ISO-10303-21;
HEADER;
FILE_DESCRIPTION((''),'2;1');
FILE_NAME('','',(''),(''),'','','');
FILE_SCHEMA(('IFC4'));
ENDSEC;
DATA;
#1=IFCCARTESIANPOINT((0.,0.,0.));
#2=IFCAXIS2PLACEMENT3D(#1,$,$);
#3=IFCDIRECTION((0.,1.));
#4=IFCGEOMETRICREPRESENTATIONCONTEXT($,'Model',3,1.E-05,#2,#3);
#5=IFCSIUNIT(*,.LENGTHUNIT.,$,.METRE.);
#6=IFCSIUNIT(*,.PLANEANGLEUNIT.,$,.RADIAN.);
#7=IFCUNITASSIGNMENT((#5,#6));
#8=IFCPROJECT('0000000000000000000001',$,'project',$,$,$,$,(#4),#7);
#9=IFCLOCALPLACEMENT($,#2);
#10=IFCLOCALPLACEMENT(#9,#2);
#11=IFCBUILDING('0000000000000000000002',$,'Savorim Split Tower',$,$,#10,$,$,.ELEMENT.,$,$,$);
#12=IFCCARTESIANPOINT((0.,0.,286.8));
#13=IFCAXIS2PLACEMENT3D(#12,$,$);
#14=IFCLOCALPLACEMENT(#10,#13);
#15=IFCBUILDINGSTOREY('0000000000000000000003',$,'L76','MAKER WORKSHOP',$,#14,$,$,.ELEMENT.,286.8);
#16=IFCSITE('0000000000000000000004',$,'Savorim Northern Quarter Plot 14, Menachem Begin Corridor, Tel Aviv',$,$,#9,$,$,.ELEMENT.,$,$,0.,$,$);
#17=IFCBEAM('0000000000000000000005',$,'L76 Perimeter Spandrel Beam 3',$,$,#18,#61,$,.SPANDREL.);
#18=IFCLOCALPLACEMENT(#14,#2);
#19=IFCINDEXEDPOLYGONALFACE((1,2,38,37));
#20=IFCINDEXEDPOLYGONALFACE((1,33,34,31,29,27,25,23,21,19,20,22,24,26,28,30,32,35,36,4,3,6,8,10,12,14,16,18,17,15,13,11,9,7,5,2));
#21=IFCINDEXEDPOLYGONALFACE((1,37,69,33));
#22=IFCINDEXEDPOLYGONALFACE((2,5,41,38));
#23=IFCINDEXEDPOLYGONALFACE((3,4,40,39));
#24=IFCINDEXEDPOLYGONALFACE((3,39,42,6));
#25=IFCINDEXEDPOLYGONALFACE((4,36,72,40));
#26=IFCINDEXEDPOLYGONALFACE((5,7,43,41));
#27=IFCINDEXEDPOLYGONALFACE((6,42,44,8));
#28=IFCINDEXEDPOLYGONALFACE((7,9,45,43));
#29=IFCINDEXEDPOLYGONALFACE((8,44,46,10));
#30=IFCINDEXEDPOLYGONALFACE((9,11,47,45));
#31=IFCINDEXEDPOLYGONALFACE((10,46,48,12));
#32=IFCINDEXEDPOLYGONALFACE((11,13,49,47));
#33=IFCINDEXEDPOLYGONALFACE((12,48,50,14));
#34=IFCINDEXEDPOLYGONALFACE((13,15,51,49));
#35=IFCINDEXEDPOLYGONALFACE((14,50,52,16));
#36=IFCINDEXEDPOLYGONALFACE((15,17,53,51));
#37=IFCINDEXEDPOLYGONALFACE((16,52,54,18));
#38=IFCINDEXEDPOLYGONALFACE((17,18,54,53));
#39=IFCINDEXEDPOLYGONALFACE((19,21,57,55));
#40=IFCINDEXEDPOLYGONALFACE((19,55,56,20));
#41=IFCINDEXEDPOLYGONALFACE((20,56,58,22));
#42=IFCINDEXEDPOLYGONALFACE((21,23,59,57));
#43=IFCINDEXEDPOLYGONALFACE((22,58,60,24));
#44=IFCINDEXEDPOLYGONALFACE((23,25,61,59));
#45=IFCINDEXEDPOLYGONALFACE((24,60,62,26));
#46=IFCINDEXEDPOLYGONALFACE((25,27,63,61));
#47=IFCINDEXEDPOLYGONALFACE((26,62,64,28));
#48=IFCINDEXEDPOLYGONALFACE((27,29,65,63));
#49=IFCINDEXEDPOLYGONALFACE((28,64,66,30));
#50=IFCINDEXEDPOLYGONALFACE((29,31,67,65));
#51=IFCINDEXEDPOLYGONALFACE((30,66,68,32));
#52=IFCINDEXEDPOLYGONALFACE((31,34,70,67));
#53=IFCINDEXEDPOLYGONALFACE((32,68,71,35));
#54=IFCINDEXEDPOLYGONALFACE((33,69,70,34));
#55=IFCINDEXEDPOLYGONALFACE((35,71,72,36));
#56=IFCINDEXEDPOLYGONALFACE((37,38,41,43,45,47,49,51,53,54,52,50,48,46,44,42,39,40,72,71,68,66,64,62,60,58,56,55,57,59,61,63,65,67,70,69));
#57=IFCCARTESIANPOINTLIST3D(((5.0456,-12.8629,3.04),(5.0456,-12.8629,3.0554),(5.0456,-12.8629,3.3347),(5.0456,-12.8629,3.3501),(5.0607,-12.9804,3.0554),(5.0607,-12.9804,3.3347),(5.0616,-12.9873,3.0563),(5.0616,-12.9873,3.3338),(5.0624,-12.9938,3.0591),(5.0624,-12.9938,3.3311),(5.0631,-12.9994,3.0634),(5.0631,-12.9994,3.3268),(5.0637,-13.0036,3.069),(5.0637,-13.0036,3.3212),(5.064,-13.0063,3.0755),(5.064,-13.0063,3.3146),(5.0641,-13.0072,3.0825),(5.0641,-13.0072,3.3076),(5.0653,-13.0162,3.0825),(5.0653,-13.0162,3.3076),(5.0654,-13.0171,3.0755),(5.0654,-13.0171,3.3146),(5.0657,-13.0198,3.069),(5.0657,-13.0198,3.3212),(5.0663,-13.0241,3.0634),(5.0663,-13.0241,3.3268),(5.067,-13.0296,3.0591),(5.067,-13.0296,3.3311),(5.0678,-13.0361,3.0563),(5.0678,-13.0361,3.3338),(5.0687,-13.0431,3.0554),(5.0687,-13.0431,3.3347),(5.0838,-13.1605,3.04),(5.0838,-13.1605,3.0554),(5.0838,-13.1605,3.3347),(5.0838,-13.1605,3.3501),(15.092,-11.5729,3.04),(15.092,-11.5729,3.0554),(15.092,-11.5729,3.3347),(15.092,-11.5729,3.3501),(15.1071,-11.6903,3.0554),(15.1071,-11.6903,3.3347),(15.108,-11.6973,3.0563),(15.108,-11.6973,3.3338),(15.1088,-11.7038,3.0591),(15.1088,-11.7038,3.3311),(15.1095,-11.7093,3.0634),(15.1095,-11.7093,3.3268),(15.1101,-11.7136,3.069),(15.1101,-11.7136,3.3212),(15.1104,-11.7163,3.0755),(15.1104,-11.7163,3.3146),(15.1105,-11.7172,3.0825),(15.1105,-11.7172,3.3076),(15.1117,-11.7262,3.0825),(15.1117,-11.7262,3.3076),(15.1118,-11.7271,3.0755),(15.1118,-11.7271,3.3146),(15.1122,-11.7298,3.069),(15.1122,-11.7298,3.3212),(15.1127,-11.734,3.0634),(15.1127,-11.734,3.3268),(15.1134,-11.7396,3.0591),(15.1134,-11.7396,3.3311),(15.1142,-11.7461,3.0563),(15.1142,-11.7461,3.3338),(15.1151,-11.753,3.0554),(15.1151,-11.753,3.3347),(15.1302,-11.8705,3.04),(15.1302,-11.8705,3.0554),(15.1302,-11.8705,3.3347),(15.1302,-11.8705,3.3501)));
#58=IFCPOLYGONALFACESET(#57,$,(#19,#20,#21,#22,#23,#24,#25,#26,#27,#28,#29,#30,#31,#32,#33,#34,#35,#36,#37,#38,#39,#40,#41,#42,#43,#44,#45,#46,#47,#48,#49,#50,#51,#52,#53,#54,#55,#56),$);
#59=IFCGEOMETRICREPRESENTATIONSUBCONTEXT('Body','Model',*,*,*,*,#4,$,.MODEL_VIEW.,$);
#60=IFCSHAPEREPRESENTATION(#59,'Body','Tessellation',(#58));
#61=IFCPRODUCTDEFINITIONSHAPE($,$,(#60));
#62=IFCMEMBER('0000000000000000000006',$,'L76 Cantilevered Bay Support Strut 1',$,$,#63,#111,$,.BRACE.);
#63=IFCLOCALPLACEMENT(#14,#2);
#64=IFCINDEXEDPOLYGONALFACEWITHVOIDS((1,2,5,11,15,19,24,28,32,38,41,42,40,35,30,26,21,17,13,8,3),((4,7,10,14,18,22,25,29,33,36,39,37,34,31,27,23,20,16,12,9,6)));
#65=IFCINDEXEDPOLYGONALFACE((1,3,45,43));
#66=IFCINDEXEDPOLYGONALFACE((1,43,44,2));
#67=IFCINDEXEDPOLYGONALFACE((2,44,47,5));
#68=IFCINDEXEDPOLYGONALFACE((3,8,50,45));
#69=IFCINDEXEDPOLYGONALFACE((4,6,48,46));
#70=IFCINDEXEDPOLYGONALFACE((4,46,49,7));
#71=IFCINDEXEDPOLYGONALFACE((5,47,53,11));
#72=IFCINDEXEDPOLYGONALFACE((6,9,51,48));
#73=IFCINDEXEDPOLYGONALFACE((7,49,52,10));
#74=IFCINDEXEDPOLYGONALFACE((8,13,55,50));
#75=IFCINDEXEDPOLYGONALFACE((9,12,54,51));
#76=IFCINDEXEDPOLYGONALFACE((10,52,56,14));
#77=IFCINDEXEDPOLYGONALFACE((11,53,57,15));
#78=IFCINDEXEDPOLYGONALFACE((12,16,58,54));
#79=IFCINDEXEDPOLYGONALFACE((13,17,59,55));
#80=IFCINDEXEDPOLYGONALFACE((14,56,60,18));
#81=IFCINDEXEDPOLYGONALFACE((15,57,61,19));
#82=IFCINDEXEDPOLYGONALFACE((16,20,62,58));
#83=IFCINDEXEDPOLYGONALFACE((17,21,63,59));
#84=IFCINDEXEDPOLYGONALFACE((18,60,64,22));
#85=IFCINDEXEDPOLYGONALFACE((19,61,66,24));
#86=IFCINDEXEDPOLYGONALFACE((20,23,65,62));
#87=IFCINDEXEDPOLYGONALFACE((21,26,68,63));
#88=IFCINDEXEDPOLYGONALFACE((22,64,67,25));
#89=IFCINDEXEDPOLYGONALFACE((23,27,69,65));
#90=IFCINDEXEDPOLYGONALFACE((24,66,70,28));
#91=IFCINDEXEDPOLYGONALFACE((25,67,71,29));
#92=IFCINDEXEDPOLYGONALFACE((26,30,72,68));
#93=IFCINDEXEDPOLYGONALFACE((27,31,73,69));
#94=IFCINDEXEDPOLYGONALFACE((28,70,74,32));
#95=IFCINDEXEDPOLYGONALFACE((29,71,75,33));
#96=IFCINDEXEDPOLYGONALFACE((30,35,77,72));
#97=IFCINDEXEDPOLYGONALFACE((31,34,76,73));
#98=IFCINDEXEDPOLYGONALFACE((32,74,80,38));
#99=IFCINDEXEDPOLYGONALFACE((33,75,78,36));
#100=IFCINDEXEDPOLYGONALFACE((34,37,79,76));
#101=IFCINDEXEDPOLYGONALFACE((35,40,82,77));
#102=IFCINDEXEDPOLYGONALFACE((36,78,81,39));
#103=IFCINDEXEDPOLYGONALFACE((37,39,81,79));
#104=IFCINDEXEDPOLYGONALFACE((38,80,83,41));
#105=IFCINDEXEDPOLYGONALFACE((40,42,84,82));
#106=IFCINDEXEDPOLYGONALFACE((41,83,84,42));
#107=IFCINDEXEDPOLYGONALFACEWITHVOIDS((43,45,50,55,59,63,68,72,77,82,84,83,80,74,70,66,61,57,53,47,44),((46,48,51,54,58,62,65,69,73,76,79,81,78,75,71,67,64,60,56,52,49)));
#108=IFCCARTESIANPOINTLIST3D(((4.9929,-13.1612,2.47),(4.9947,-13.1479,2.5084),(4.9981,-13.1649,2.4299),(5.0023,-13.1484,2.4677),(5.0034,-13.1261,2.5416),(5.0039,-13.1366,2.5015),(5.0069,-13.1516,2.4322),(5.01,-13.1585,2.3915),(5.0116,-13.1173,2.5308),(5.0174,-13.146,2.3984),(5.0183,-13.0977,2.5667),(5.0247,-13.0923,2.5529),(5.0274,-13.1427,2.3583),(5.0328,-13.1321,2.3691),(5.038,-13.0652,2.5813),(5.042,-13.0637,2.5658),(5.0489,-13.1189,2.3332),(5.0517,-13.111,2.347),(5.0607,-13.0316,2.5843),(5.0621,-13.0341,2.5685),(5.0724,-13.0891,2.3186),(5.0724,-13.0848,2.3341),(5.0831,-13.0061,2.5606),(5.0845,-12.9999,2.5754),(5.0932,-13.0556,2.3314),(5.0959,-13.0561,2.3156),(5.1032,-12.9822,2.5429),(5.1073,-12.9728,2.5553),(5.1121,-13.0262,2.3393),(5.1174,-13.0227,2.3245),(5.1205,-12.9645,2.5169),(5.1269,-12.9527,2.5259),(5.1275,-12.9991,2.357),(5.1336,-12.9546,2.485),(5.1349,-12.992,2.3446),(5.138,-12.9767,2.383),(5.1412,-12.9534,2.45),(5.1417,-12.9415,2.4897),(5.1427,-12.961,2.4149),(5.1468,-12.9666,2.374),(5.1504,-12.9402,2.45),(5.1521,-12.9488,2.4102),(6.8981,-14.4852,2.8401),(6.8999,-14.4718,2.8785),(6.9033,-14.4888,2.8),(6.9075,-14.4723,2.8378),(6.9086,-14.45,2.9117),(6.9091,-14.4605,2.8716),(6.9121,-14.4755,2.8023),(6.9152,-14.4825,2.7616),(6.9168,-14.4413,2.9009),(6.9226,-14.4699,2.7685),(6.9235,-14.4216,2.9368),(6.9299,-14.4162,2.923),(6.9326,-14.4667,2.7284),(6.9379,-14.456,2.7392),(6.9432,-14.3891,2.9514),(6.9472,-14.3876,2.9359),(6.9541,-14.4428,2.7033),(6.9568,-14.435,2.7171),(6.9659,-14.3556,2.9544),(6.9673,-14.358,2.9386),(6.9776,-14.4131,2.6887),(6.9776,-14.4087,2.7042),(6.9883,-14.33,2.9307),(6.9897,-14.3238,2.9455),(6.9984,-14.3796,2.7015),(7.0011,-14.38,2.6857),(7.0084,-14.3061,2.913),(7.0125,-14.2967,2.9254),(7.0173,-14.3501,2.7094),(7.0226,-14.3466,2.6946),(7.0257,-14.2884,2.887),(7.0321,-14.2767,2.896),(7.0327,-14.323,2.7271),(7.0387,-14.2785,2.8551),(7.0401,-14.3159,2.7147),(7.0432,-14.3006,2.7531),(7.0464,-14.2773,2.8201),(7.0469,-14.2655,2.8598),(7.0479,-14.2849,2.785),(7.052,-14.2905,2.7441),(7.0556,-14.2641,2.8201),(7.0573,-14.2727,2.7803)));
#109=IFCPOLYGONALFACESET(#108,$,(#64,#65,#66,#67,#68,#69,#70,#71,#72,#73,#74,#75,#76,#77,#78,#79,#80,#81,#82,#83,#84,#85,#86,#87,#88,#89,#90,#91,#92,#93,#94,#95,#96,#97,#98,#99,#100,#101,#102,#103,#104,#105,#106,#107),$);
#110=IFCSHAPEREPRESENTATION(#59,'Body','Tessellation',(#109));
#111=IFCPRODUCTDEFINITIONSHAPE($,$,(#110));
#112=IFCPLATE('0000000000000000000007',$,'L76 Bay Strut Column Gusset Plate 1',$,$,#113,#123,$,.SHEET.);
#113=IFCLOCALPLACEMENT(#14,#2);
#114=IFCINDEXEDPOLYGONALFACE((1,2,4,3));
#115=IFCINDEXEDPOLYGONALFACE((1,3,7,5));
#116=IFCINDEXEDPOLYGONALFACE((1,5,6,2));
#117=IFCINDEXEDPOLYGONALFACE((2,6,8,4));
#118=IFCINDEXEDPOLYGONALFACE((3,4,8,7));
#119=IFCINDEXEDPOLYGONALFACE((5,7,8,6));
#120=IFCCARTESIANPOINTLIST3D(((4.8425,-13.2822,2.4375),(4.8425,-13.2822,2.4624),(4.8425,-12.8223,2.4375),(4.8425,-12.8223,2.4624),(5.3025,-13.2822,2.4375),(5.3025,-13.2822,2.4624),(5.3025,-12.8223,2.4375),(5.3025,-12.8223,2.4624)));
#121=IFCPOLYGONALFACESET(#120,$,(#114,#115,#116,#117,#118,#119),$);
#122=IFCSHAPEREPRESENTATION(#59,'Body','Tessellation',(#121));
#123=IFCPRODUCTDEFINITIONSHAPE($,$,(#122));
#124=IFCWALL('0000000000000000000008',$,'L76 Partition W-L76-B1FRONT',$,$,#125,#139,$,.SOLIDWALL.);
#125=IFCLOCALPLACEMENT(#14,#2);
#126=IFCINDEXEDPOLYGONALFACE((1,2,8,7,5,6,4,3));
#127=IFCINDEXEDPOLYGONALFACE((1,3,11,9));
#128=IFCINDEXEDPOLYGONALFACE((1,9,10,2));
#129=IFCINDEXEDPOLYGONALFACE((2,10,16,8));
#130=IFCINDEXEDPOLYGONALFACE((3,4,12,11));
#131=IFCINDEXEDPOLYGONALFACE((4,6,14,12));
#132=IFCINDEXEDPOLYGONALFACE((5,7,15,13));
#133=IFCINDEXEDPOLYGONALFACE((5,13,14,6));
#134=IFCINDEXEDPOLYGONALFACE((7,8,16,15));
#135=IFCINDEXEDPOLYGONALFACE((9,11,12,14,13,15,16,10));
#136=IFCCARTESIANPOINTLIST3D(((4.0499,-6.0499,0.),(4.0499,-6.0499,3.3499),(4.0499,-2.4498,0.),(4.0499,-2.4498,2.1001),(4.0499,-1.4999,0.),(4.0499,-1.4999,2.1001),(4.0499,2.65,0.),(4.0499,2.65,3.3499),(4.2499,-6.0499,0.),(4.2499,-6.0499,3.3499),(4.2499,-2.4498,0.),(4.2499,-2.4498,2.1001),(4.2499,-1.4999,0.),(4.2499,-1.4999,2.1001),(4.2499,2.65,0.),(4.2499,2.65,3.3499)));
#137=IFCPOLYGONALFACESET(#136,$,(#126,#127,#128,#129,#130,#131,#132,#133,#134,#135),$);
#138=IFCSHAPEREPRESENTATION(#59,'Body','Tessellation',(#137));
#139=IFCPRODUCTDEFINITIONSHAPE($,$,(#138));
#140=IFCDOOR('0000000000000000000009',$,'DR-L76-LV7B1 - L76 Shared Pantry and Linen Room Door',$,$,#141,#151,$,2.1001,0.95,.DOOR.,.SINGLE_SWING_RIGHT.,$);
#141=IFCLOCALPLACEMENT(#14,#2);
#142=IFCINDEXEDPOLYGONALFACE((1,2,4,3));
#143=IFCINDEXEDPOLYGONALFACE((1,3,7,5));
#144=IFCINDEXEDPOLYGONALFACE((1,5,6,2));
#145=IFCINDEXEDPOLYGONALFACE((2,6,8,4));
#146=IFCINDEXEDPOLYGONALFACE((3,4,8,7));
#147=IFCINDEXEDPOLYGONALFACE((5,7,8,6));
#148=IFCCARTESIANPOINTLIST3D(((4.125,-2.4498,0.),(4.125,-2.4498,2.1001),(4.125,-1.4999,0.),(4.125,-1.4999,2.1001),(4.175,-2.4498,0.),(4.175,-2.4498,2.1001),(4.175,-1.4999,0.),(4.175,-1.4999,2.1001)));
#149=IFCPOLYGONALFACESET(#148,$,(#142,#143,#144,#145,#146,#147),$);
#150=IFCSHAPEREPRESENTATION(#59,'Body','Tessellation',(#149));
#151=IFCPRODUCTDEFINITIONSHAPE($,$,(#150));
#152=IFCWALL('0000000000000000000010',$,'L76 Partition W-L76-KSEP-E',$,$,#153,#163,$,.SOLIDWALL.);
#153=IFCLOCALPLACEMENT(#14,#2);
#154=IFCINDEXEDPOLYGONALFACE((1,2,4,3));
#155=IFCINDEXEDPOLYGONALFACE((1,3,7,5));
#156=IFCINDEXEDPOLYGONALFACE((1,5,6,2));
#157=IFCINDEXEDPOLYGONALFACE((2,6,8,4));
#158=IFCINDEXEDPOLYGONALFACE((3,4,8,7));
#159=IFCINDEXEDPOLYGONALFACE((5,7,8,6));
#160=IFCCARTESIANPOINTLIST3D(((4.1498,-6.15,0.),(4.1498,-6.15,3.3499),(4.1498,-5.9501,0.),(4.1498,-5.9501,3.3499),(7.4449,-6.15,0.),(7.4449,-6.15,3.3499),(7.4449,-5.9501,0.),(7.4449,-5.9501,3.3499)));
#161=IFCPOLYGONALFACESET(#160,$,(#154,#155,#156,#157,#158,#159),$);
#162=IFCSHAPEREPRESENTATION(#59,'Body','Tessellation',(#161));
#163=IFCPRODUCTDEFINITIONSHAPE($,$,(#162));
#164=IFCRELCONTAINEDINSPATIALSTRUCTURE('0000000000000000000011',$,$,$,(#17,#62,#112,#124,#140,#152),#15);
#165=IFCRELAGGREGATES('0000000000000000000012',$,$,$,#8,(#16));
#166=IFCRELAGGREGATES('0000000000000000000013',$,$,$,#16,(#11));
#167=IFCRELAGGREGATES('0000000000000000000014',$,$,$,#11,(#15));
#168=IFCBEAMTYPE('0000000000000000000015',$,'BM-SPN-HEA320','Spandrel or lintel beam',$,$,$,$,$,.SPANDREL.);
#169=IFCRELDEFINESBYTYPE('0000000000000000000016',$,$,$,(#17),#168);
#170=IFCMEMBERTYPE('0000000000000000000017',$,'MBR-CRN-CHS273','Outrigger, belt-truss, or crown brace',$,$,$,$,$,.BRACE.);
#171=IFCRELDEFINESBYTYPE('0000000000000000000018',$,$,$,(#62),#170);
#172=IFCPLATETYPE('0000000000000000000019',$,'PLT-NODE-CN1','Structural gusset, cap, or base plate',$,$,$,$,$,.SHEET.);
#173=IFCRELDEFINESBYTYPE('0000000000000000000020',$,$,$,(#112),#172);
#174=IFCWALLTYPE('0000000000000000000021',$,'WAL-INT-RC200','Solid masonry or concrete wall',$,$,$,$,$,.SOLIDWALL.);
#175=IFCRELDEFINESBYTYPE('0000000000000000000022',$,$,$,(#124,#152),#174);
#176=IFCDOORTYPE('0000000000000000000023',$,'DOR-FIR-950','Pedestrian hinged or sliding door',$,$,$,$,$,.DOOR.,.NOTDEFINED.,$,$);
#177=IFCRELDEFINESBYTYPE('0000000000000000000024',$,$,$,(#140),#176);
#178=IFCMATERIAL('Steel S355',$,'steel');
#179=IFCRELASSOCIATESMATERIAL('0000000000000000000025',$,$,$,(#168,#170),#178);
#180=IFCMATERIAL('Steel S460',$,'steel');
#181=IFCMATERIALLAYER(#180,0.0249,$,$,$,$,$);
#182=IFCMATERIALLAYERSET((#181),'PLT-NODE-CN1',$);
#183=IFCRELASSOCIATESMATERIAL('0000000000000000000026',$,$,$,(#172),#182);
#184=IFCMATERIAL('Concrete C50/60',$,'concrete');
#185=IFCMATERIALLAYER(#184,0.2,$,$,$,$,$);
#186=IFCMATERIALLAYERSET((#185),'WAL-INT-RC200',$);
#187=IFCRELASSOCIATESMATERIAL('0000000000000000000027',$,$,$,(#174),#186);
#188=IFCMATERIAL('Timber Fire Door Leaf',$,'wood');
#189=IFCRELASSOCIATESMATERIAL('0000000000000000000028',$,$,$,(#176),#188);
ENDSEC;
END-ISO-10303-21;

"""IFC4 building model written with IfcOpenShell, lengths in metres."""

from ifc_helpers import new_model, si_unit, direction, frame, frame_2d, origin, origin_2d, place, context, subcontext, project, spatial, rectangle, hollow_circle, i_section, extrude, material, layer, layer_set, material_profile, profile_set, type_object, element, fill, save


model = new_model("IFC4")

# Units and contexts
model_context = context("Model", 3, precision=1e-05, world=origin(), true_north=direction((0.0, 1.0)))
body_context = subcontext(model_context, "Body", "Model", "MODEL_VIEW")
ifc_project = project(units=[si_unit("LENGTHUNIT", "METRE"), si_unit("PLANEANGLEUNIT", "RADIAN")], contexts=[model_context])

# Site, building, storey
site_placement = place(None, origin())
site = spatial("IfcSite", under=ifc_project, at=site_placement, Name="Savorim Northern Quarter Plot 14, Menachem Begin Corridor, Tel Aviv", CompositionType="ELEMENT", RefElevation=0.0)
building_placement = place(site_placement, origin())
building = spatial("IfcBuilding", under=site, at=building_placement, Name="Savorim Split Tower", CompositionType="ELEMENT")
storey_placement = place(building_placement, frame((0.0, 0.0, 286.8)))
storey = spatial("IfcBuildingStorey", under=building, at=storey_placement, Name="L76", Description="MAKER WORKSHOP", CompositionType="ELEMENT", Elevation=286.8)

# Shared definitions
ifc_material_1 = material(Name="Steel S355", Category="steel")

# Beam
ifc_material_profile_1 = material_profile(ifc_material_1, i_section(OverallWidth=0.3, OverallDepth=0.3101, WebThickness=0.009, FlangeThickness=0.0154, FilletRadius=0.0271, at=origin_2d()), Name="HEA 320")
ifc_profile_set_1 = profile_set([ifc_material_profile_1], Name="Steel S355")
beam_type_1 = type_object("IfcBeamType", Name="BM-SPN-HEA320", Description="Spandrel or lintel beam", PredefinedType="SPANDREL", material=ifc_profile_set_1)
beam_1_placement = place(storey_placement, frame((5.0647, -13.0117, 3.1951), z_axis=(0.991856, 0.127363, 0.0), x_axis=(-0.127363, 0.991856, 0.0)))
element("IfcBeam", 1, at=beam_1_placement, inside=storey, type_object=beam_type_1, Name="L76 Perimeter Spandrel Beam 3", PredefinedType="SPANDREL", context=body_context, shape_type="SweptSolid", body=[
    extrude(i_section(OverallWidth=0.3, OverallDepth=0.3101, WebThickness=0.009, FlangeThickness=0.0154, FilletRadius=0.0271, at=origin_2d()), origin(), (0.0, 0.0, 1.0), 10.1289),
])

# Member
ifc_material_profile_2 = material_profile(ifc_material_1, hollow_circle(Radius=0.1365, WallThickness=0.0161, at=origin_2d()), Name="CHS 273x16")
ifc_profile_set_2 = profile_set([ifc_material_profile_2], Name="Steel S355")
member_type = type_object("IfcMemberType", Name="MBR-CRN-CHS273", Description="Outrigger, belt-truss, or crown brace", PredefinedType="BRACE", material=ifc_profile_set_2)
member_placement = place(storey_placement, frame((5.0725, -13.0522, 2.45), z_axis=(0.810941, -0.563523, 0.157533), x_axis=(0.570648, 0.821195, 0.0)))
element("IfcMember", 2, at=member_placement, inside=storey, type_object=member_type, Name="L76 Cantilevered Bay Support Strut 1", PredefinedType="BRACE", context=body_context, shape_type="SweptSolid", body=[
    extrude(hollow_circle(Radius=0.1365, WallThickness=0.0161, at=origin_2d()), origin(), (0.0, 0.0, 1.0), 2.3494),
])

# Plate
ifc_material_2 = material(Name="Steel S460", Category="steel")
ifc_layer_1 = layer(ifc_material_2, 0.0249)
ifc_layer_set_1 = layer_set([ifc_layer_1], Name="PLT-NODE-CN1")
plate_type = type_object("IfcPlateType", Name="PLT-NODE-CN1", Description="Structural gusset, cap, or base plate", PredefinedType="SHEET", material=ifc_layer_set_1)
plate_placement = place(storey_placement, frame((5.0725, -13.0522, 2.4375), z_axis=(0.0, 0.0, 1.0), x_axis=(1.0, 0.0, 0.0)))
element("IfcPlate", 3, at=plate_placement, inside=storey, type_object=plate_type, Name="L76 Bay Strut Column Gusset Plate 1", PredefinedType="SHEET", context=body_context, shape_type="SweptSolid", body=[
    extrude(rectangle(XDim=0.46, YDim=0.46, at=origin_2d()), origin(), (0.0, 0.0, 1.0), 0.0249),
])

# Wall, opening, door
ifc_material_3 = material(Name="Concrete C50/60", Category="concrete")
ifc_layer_2 = layer(ifc_material_3, 0.2)
ifc_layer_set_2 = layer_set([ifc_layer_2], Name="WAL-INT-RC200")
wall_type_1 = type_object("IfcWallType", Name="WAL-INT-RC200", Description="Solid masonry or concrete wall", PredefinedType="SOLIDWALL", material=ifc_layer_set_2)
wall_1_placement = place(storey_placement, frame((4.1499, -6.05, 0.0), z_axis=(0.0, 0.0, 1.0), x_axis=(0.0, 1.0, 0.0)))
wall_1 = element("IfcWall", 4, at=wall_1_placement, inside=storey, type_object=wall_type_1, Name="L76 Partition W-L76-B1FRONT", PredefinedType="SOLIDWALL", context=body_context, shape_type="SweptSolid", body=[
    extrude(rectangle(XDim=8.7, YDim=0.2, at=frame_2d((4.3501, 0.0))), origin(), (0.0, 0.0, 1.0), 3.3499),
])
opening_1_placement = place(wall_1_placement, frame((3.6001, 0.0, 0.0)))
opening_1 = element("IfcOpeningElement", 5, at=opening_1_placement, cuts=wall_1, PredefinedType="OPENING", context=body_context, shape_type="SweptSolid", body=[
    extrude(rectangle(XDim=0.95, YDim=2.1001, at=frame_2d((0.4751, 1.05))), frame((0.0, 0.1099, 0.0), z_axis=(0.0, -1.0, 0.0), x_axis=(1.0, 0.0, 0.0)), (0.0, 0.0, 1.0), 0.22),
])
ifc_material_4 = material(Name="Timber Fire Door Leaf", Category="wood")
door_type_1 = type_object("IfcDoorType", Name="DOR-FIR-950", Description="Pedestrian hinged or sliding door", OperationType="NOTDEFINED", PredefinedType="DOOR", material=ifc_material_4)
door_1_placement = place(opening_1_placement, origin())
door_1 = element("IfcDoor", 6, at=door_1_placement, inside=storey, type_object=door_type_1, Name="DR-L76-LV7B1 - L76 Shared Pantry and Linen Room Door", OperationType="SINGLE_SWING_RIGHT", OverallHeight=2.1001, OverallWidth=0.95, PredefinedType="DOOR", context=body_context, shape_type="SweptSolid", body=[
    extrude(rectangle(XDim=0.95, YDim=2.1001, at=frame_2d((0.4751, 1.05))), frame((0.0, 0.0249, 0.0), z_axis=(0.0, -1.0, 0.0), x_axis=(1.0, 0.0, 0.0)), (0.0, 0.0, 1.0), 0.05),
])
fill(opening_1, door_1)

# Wall
wall_2_placement = place(storey_placement, frame((4.1499, -6.05, 0.0), z_axis=(0.0, 0.0, 1.0), x_axis=(1.0, 0.0, 0.0)))
element("IfcWall", 7, at=wall_2_placement, inside=storey, type_object=wall_type_1, Name="L76 Partition W-L76-KSEP-E", PredefinedType="SOLIDWALL", context=body_context, shape_type="SweptSolid", body=[
    extrude(rectangle(XDim=3.2952, YDim=0.2, at=frame_2d((1.6475, 0.0))), origin(), (0.0, 0.0, 1.0), 3.3499),
])

save(model, "model.ifc")
